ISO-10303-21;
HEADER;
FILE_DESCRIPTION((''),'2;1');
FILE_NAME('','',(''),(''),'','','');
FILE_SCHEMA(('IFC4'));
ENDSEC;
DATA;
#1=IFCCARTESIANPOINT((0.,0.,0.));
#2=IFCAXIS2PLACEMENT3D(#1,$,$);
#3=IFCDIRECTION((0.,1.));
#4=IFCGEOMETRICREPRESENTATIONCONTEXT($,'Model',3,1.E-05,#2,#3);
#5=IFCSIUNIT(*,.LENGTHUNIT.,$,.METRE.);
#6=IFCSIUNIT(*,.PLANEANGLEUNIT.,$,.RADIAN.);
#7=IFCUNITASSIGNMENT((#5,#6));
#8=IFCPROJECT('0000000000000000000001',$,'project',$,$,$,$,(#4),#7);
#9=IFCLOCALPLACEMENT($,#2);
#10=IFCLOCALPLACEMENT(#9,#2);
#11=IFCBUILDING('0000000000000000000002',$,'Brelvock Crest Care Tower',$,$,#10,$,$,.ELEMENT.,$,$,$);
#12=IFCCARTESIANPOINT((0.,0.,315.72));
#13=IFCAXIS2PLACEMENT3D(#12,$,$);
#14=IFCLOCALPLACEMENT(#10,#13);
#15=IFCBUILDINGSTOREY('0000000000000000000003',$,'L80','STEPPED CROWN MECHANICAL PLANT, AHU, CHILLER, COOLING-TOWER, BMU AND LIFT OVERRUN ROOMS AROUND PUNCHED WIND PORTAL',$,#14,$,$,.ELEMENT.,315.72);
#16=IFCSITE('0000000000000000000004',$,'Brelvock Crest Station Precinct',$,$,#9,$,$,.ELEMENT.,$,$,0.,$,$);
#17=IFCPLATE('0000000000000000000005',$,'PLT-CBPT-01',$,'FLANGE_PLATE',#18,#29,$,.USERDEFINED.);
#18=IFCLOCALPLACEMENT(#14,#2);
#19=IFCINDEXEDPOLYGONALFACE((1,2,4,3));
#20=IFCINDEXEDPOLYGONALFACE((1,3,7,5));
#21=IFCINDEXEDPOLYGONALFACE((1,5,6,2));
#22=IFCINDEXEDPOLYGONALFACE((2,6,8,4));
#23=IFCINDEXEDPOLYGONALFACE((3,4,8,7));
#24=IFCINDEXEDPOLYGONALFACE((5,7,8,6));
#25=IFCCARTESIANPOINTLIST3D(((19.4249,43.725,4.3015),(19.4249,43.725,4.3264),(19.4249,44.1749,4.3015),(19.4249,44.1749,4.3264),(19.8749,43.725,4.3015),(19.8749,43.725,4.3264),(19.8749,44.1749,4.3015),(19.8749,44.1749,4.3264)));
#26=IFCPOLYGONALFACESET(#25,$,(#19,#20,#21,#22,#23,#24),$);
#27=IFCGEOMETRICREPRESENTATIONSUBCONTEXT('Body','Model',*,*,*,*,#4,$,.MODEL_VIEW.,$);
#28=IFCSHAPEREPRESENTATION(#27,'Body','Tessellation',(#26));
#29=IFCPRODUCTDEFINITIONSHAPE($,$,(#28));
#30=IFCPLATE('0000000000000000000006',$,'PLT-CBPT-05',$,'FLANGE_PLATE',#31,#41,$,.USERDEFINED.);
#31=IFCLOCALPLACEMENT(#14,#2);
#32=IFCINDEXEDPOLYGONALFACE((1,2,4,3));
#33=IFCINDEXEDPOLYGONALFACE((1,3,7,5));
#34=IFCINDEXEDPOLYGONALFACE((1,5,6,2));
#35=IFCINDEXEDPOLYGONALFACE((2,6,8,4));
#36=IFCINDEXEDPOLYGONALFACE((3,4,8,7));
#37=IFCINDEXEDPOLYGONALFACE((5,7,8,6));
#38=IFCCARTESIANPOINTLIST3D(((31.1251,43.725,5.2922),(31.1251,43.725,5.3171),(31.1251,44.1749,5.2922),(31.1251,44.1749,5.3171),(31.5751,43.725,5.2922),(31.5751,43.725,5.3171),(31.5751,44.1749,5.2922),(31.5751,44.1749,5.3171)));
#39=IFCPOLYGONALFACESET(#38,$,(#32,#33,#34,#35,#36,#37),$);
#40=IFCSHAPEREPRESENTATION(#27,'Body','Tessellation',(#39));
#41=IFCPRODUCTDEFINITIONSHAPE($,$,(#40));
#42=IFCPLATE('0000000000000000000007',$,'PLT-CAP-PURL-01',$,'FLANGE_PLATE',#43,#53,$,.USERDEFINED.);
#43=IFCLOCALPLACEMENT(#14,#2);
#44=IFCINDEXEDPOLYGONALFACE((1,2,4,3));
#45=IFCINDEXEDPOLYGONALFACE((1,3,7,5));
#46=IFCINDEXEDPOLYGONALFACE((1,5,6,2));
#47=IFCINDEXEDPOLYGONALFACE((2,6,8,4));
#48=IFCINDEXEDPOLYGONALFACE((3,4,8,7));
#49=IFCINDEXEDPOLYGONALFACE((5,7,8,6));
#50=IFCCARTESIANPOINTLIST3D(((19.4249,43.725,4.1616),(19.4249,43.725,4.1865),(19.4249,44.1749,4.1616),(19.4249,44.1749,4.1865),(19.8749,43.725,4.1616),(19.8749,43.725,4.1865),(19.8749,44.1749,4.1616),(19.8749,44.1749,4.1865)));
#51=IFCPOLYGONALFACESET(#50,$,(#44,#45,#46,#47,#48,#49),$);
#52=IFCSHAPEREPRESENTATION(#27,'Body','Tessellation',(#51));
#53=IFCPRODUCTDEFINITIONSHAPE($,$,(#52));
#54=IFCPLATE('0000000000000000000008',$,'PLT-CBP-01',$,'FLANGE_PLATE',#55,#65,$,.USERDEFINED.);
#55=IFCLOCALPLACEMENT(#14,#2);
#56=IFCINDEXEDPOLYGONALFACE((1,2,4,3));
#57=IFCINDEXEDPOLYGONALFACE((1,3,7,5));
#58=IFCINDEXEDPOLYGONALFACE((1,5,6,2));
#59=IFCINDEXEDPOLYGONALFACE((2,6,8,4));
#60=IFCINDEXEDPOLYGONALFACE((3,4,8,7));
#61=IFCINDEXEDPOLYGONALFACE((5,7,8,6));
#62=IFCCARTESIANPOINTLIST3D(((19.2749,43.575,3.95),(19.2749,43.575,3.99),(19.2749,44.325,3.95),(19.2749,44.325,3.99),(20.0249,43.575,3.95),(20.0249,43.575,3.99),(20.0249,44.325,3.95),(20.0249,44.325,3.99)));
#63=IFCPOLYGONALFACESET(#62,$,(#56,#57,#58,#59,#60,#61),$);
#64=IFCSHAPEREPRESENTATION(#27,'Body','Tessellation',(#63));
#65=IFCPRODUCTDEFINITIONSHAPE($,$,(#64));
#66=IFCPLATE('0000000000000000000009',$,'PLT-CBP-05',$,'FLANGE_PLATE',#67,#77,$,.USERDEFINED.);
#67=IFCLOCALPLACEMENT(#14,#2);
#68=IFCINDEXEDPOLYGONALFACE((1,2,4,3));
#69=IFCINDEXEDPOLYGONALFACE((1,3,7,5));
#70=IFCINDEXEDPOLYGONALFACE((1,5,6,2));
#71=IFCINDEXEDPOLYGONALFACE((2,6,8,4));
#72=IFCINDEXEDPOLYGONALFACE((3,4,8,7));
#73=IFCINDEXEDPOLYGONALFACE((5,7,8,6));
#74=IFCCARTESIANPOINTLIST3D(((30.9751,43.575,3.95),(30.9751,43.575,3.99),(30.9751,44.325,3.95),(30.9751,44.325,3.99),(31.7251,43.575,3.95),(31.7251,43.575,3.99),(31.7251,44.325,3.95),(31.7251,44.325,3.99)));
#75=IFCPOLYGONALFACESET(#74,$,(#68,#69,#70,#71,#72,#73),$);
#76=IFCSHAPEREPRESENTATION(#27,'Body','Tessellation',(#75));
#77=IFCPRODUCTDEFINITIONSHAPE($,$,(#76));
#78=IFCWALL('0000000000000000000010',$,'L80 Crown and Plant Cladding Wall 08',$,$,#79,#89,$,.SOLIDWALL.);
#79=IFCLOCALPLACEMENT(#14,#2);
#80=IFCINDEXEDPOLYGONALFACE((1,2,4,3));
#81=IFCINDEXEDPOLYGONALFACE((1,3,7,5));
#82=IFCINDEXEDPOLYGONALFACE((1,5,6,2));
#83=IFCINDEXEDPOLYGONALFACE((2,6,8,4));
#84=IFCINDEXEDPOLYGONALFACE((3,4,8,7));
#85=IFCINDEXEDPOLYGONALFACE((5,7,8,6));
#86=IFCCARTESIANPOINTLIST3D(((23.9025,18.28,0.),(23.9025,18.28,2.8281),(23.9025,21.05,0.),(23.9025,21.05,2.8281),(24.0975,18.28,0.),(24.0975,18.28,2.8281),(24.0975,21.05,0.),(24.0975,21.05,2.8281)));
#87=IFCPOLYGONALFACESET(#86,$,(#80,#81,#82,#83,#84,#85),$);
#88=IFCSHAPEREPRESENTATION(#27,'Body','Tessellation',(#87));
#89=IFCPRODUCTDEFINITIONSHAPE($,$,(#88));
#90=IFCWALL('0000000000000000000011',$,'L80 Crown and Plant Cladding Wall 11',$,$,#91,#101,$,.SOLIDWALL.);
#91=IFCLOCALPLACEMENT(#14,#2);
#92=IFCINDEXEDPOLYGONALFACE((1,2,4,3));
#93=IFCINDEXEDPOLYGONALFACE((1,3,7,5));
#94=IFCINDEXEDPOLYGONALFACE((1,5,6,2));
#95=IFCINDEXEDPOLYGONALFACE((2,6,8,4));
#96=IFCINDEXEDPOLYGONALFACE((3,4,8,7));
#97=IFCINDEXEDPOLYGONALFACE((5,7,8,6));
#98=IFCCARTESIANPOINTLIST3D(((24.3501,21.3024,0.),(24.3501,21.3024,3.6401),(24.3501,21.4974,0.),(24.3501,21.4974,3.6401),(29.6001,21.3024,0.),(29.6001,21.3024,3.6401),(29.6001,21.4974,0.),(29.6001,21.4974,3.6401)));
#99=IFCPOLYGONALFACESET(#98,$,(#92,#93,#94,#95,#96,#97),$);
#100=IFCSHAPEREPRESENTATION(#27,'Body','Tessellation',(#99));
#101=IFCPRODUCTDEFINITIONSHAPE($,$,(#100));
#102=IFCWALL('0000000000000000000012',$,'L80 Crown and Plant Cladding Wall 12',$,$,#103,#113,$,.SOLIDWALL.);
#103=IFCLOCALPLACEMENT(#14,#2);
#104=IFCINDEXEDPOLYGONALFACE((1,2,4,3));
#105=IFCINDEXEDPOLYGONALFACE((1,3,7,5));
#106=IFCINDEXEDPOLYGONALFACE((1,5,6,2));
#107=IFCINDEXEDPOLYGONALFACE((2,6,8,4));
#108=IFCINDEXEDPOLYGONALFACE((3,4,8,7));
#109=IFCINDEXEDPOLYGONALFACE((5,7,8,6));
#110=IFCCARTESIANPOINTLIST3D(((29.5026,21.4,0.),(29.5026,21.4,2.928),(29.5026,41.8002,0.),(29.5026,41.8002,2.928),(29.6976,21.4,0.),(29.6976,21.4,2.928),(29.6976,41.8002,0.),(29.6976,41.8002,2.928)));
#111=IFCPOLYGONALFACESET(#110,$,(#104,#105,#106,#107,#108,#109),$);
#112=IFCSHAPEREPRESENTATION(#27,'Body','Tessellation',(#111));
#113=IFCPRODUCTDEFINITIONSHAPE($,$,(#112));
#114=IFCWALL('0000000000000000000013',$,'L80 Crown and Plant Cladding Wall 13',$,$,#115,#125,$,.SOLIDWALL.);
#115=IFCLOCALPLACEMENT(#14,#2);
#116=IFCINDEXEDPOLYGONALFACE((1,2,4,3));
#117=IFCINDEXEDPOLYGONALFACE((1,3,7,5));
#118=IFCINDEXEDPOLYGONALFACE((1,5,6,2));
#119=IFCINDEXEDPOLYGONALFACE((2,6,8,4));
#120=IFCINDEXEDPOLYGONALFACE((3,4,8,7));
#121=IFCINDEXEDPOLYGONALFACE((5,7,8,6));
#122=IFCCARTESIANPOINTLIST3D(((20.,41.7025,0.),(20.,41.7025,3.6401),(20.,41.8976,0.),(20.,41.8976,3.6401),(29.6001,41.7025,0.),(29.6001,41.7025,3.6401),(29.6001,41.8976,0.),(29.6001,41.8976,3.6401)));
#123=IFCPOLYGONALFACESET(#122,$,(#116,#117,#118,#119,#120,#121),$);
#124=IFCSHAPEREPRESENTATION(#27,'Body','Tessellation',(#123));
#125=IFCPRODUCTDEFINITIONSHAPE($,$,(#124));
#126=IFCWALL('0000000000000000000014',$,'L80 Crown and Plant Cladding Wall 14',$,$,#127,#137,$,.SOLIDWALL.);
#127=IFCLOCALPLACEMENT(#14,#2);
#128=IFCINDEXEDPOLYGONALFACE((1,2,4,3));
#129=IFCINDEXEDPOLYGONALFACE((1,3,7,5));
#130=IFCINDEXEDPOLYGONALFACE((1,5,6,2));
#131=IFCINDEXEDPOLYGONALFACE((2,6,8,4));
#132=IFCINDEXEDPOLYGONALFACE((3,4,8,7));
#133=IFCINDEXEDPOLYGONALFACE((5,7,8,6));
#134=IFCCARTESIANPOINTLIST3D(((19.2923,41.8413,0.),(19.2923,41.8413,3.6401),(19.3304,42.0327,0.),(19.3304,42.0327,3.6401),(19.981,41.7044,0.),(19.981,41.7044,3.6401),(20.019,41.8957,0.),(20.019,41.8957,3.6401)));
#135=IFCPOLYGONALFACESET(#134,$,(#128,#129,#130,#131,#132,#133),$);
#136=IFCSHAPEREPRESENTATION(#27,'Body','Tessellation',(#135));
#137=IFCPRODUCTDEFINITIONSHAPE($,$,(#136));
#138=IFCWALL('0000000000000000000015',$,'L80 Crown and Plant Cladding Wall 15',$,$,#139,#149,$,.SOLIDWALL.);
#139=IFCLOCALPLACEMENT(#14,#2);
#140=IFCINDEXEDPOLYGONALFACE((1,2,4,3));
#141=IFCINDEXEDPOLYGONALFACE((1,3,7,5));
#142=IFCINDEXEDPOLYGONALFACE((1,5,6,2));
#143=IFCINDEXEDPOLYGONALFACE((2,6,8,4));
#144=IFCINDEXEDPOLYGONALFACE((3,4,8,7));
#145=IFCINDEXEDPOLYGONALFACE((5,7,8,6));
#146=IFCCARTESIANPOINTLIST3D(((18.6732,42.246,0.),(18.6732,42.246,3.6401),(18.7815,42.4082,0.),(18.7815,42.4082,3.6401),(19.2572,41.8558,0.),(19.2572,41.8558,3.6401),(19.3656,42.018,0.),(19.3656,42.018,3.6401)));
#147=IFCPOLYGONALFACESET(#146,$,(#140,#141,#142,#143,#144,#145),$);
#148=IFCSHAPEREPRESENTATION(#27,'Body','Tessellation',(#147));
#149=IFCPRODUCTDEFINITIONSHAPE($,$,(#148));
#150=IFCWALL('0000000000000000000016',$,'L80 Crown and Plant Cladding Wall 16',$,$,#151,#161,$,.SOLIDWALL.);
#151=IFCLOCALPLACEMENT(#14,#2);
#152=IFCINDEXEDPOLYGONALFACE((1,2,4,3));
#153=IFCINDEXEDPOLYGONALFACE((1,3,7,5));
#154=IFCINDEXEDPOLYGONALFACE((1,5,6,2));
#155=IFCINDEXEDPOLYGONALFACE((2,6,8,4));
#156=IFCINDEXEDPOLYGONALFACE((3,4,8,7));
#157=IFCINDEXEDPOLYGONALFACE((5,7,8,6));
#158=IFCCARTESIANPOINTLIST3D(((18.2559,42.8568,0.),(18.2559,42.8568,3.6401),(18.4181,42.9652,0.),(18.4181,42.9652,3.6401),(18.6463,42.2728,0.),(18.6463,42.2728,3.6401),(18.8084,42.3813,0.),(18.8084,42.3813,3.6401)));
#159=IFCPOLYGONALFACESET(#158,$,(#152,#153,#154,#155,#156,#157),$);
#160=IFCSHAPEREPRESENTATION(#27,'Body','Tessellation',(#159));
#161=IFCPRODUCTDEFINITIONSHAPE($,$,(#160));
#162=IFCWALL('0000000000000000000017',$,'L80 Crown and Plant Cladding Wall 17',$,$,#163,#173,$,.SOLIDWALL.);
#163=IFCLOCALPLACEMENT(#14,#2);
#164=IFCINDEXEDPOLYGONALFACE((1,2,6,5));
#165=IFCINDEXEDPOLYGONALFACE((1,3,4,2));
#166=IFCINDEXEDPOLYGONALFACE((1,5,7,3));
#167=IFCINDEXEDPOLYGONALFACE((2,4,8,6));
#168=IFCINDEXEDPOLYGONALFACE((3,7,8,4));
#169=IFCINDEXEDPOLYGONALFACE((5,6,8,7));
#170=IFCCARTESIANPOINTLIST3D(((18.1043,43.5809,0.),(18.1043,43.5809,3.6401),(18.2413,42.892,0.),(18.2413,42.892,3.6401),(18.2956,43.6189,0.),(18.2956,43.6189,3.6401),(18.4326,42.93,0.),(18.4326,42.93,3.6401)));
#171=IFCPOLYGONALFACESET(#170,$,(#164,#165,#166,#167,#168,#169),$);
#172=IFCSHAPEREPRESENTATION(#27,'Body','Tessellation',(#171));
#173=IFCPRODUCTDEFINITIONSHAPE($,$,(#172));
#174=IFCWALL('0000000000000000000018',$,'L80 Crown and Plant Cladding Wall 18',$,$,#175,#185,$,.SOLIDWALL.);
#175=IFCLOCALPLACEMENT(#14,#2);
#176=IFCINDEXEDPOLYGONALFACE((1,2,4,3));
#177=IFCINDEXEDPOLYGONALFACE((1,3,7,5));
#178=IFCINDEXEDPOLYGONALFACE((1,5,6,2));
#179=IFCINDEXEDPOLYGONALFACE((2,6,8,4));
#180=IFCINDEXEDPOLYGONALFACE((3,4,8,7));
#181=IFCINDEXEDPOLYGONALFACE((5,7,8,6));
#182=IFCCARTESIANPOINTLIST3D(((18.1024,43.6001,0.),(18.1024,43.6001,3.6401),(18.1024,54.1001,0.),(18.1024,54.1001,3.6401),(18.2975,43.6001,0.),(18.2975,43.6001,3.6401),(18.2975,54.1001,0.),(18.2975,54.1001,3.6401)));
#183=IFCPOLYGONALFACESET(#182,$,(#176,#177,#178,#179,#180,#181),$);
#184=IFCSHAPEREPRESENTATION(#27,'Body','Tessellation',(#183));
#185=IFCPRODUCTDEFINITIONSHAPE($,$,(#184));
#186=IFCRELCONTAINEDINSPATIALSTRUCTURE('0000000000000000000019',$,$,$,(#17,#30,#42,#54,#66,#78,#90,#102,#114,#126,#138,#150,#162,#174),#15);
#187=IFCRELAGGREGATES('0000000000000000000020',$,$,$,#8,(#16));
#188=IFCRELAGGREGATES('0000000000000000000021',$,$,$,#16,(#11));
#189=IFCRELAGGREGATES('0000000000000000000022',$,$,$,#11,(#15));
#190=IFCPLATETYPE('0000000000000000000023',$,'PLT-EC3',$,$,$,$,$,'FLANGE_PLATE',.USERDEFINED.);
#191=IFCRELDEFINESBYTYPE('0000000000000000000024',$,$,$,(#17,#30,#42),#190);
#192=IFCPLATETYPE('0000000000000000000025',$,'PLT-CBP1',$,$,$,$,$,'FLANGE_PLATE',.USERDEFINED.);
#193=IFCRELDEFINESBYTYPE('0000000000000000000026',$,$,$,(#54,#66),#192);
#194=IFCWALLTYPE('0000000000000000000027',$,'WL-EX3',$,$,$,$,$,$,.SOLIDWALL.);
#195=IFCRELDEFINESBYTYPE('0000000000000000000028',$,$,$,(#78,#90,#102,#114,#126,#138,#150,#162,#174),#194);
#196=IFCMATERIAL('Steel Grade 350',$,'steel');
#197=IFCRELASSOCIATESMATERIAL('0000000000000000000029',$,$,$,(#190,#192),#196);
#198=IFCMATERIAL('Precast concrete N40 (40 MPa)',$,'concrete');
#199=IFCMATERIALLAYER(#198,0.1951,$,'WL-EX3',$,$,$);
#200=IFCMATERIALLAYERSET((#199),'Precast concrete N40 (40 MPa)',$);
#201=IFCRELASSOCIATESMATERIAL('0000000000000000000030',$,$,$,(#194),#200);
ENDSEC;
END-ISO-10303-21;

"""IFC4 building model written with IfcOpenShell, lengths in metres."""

from ifc_helpers import new_model, si_unit, direction, frame, frame_2d, origin, origin_2d, place, context, subcontext, project, spatial, rectangle, extrude, source, transform, mapped, material, layer, layer_set, type_object, element, save


model = new_model("IFC4")

# Units and contexts
model_context = context("Model", 3, precision=1e-05, world=origin(), true_north=direction((0.0, 1.0)))
body_context = subcontext(model_context, "Body", "Model", "MODEL_VIEW")
ifc_project = project(units=[si_unit("LENGTHUNIT", "METRE"), si_unit("PLANEANGLEUNIT", "RADIAN")], contexts=[model_context])

# Site, building, storey
site_placement = place(None, origin())
site = spatial("IfcSite", under=ifc_project, at=site_placement, Name="Brelvock Crest Station Precinct", CompositionType="ELEMENT", RefElevation=0.0)
building_placement = place(site_placement, origin())
building = spatial("IfcBuilding", under=site, at=building_placement, Name="Brelvock Crest Care Tower", CompositionType="ELEMENT")
storey_placement = place(building_placement, frame((0.0, 0.0, 315.72)))
storey = spatial("IfcBuildingStorey", under=building, at=storey_placement, Name="L80", Description="STEPPED CROWN MECHANICAL PLANT, AHU, CHILLER, COOLING-TOWER, BMU AND LIFT OVERRUN ROOMS AROUND PUNCHED WIND PORTAL", CompositionType="ELEMENT", Elevation=315.72)

# Shared definitions
ifc_material_1 = material(Name="Steel Grade 350", Category="steel")

# Shared definitions
ifc_material_2 = material(Name="Precast concrete N40 (40 MPa)", Category="concrete")

# Plates
plate_type_1 = type_object("IfcPlateType", Name="PLT-EC3", ElementType="FLANGE_PLATE", PredefinedType="USERDEFINED", material=ifc_material_1)
shared_shape_1 = source(origin(), body_context, "Body", "SweptSolid", [
    extrude(rectangle(XDim=0.45, YDim=0.45, at=origin_2d()), origin(), (0.0, 0.0, 1.0), 0.0249),
])
for number, where, z_axis, x_axis, name in (
    (1, (19.6499, 43.95, 4.3015), (0.0, 0.0, 1.0), (1.0, 0.0, 0.0), "PLT-CBPT-01"),
    (2, (31.3501, 43.95, 5.2922), (0.0, 0.0, 1.0), (1.0, 0.0, 0.0), "PLT-CBPT-05"),
    (3, (19.6499, 43.95, 4.1616), (0.0, 0.0, 1.0), (1.0, 0.0, 0.0), "PLT-CAP-PURL-01"),
):
    element("IfcPlate", number, at=place(storey_placement, frame(where, z_axis=z_axis, x_axis=x_axis)), inside=storey, type_object=plate_type_1, Name=name, ObjectType="FLANGE_PLATE", PredefinedType="USERDEFINED", context=body_context, shape_type="MappedRepresentation", body=[
        mapped(shared_shape_1, transform((0.0, 0.0, 0.0), x_axis=(1.0, 0.0, 0.0), y_axis=(0.0, 1.0, 0.0), z_axis=(0.0, 0.0, 1.0), scale=1.0)),
    ])
plate_type_2 = type_object("IfcPlateType", Name="PLT-CBP1", ElementType="FLANGE_PLATE", PredefinedType="USERDEFINED", material=ifc_material_1)
shared_shape_2 = source(origin(), body_context, "Body", "SweptSolid", [
    extrude(rectangle(XDim=0.75, YDim=0.75, at=origin_2d()), origin(), (0.0, 0.0, 1.0), 0.04),
])
for number, where, z_axis, x_axis, name in (
    (4, (19.6499, 43.95, 3.95), (0.0, 0.0, 1.0), (1.0, 0.0, 0.0), "PLT-CBP-01"),
    (5, (31.3501, 43.95, 3.95), (0.0, 0.0, 1.0), (1.0, 0.0, 0.0), "PLT-CBP-05"),
):
    element("IfcPlate", number, at=place(storey_placement, frame(where, z_axis=z_axis, x_axis=x_axis)), inside=storey, type_object=plate_type_2, Name=name, ObjectType="FLANGE_PLATE", PredefinedType="USERDEFINED", context=body_context, shape_type="MappedRepresentation", body=[
        mapped(shared_shape_2, transform((0.0, 0.0, 0.0), x_axis=(1.0, 0.0, 0.0), y_axis=(0.0, 1.0, 0.0), z_axis=(0.0, 0.0, 1.0), scale=1.0)),
    ])

# Walls
ifc_layer_1 = layer(ifc_material_2, 0.1951, Name="WL-EX3")
ifc_layer_set_1 = layer_set([ifc_layer_1], Name="Precast concrete N40 (40 MPa)")
wall_type = type_object("IfcWallType", Name="WL-EX3", PredefinedType="SOLIDWALL", material=ifc_layer_set_1)
wall_1_placement = place(storey_placement, frame((24.0, 18.28, 0.0), z_axis=(0.0, 0.0, 1.0), x_axis=(0.0, 1.0, 0.0)))
element("IfcWall", 6, at=wall_1_placement, inside=storey, type_object=wall_type, Name="L80 Crown and Plant Cladding Wall 08", PredefinedType="SOLIDWALL", context=body_context, shape_type="SweptSolid", body=[
    extrude(rectangle(XDim=2.77, YDim=0.1951, at=frame_2d((1.385, 0.0))), origin(), (0.0, 0.0, 1.0), 2.8281),
])
wall_2_placement = place(storey_placement, frame((24.3501, 21.3999, 0.0), z_axis=(0.0, 0.0, 1.0), x_axis=(1.0, 0.0, 0.0)))
element("IfcWall", 7, at=wall_2_placement, inside=storey, type_object=wall_type, Name="L80 Crown and Plant Cladding Wall 11", PredefinedType="SOLIDWALL", context=body_context, shape_type="SweptSolid", body=[
    extrude(rectangle(XDim=5.25, YDim=0.1951, at=frame_2d((2.625, 0.0))), origin(), (0.0, 0.0, 1.0), 3.6401),
])
wall_3_placement = place(storey_placement, frame((29.6001, 21.3999, 0.0), z_axis=(0.0, 0.0, 1.0), x_axis=(0.0, 1.0, 0.0)))
element("IfcWall", 8, at=wall_3_placement, inside=storey, type_object=wall_type, Name="L80 Crown and Plant Cladding Wall 12", PredefinedType="SOLIDWALL", context=body_context, shape_type="SweptSolid", body=[
    extrude(rectangle(XDim=20.4001, YDim=0.1951, at=frame_2d((10.2002, 0.0))), origin(), (0.0, 0.0, 1.0), 2.928),
])
wall_4_placement = place(storey_placement, frame((29.6001, 41.8, 0.0), z_axis=(0.0, 0.0, 1.0), x_axis=(-1.0, 0.0, 0.0)))
element("IfcWall", 9, at=wall_4_placement, inside=storey, type_object=wall_type, Name="L80 Crown and Plant Cladding Wall 13", PredefinedType="SOLIDWALL", context=body_context, shape_type="SweptSolid", body=[
    extrude(rectangle(XDim=9.6001, YDim=0.1951, at=frame_2d((4.8, 0.0))), origin(), (0.0, 0.0, 1.0), 3.6401),
])
wall_5_placement = place(storey_placement, frame((20.0, 41.8, 0.0), z_axis=(0.0, 0.0, 1.0), x_axis=(-0.980794, 0.195046, 0.0)))
element("IfcWall", 10, at=wall_5_placement, inside=storey, type_object=wall_type, Name="L80 Crown and Plant Cladding Wall 14", PredefinedType="SOLIDWALL", context=body_context, shape_type="SweptSolid", body=[
    extrude(rectangle(XDim=0.7021, YDim=0.1951, at=frame_2d((0.3511, 0.0))), origin(), (0.0, 0.0, 1.0), 3.6401),
])
for number, where, z_axis, x_axis, name in (
    (11, (19.3113, 41.937, 0.0), (0.0, 0.0, 1.0), (-0.831515, 0.555502, 0.0), "L80 Crown and Plant Cladding Wall 15"),
    (12, (18.7273, 42.3271, 0.0), (0.0, 0.0, 1.0), (-0.555742, 0.831355, 0.0), "L80 Crown and Plant Cladding Wall 16"),
    (13, (18.3369, 42.9111, 0.0), (0.0, 0.0, 1.0), (-0.19498, 0.980807, 0.0), "L80 Crown and Plant Cladding Wall 17"),
):
    element("IfcWall", number, at=place(storey_placement, frame(where, z_axis=z_axis, x_axis=x_axis)), inside=storey, type_object=wall_type, Name=name, PredefinedType="SOLIDWALL", context=body_context, shape_type="SweptSolid", body=[
        extrude(rectangle(XDim=0.7024, YDim=0.1951, at=frame_2d((0.3511, 0.0))), origin(), (0.0, 0.0, 1.0), 3.6401),
    ])
wall_6_placement = place(storey_placement, frame((18.2, 43.6001, 0.0), z_axis=(0.0, 0.0, 1.0), x_axis=(0.0, 1.0, 0.0)))
element("IfcWall", 14, at=wall_6_placement, inside=storey, type_object=wall_type, Name="L80 Crown and Plant Cladding Wall 18", PredefinedType="SOLIDWALL", context=body_context, shape_type="SweptSolid", body=[
    extrude(rectangle(XDim=10.5, YDim=0.1951, at=frame_2d((5.25, 0.0))), origin(), (0.0, 0.0, 1.0), 3.6401),
])

save(model, "model.ifc")
